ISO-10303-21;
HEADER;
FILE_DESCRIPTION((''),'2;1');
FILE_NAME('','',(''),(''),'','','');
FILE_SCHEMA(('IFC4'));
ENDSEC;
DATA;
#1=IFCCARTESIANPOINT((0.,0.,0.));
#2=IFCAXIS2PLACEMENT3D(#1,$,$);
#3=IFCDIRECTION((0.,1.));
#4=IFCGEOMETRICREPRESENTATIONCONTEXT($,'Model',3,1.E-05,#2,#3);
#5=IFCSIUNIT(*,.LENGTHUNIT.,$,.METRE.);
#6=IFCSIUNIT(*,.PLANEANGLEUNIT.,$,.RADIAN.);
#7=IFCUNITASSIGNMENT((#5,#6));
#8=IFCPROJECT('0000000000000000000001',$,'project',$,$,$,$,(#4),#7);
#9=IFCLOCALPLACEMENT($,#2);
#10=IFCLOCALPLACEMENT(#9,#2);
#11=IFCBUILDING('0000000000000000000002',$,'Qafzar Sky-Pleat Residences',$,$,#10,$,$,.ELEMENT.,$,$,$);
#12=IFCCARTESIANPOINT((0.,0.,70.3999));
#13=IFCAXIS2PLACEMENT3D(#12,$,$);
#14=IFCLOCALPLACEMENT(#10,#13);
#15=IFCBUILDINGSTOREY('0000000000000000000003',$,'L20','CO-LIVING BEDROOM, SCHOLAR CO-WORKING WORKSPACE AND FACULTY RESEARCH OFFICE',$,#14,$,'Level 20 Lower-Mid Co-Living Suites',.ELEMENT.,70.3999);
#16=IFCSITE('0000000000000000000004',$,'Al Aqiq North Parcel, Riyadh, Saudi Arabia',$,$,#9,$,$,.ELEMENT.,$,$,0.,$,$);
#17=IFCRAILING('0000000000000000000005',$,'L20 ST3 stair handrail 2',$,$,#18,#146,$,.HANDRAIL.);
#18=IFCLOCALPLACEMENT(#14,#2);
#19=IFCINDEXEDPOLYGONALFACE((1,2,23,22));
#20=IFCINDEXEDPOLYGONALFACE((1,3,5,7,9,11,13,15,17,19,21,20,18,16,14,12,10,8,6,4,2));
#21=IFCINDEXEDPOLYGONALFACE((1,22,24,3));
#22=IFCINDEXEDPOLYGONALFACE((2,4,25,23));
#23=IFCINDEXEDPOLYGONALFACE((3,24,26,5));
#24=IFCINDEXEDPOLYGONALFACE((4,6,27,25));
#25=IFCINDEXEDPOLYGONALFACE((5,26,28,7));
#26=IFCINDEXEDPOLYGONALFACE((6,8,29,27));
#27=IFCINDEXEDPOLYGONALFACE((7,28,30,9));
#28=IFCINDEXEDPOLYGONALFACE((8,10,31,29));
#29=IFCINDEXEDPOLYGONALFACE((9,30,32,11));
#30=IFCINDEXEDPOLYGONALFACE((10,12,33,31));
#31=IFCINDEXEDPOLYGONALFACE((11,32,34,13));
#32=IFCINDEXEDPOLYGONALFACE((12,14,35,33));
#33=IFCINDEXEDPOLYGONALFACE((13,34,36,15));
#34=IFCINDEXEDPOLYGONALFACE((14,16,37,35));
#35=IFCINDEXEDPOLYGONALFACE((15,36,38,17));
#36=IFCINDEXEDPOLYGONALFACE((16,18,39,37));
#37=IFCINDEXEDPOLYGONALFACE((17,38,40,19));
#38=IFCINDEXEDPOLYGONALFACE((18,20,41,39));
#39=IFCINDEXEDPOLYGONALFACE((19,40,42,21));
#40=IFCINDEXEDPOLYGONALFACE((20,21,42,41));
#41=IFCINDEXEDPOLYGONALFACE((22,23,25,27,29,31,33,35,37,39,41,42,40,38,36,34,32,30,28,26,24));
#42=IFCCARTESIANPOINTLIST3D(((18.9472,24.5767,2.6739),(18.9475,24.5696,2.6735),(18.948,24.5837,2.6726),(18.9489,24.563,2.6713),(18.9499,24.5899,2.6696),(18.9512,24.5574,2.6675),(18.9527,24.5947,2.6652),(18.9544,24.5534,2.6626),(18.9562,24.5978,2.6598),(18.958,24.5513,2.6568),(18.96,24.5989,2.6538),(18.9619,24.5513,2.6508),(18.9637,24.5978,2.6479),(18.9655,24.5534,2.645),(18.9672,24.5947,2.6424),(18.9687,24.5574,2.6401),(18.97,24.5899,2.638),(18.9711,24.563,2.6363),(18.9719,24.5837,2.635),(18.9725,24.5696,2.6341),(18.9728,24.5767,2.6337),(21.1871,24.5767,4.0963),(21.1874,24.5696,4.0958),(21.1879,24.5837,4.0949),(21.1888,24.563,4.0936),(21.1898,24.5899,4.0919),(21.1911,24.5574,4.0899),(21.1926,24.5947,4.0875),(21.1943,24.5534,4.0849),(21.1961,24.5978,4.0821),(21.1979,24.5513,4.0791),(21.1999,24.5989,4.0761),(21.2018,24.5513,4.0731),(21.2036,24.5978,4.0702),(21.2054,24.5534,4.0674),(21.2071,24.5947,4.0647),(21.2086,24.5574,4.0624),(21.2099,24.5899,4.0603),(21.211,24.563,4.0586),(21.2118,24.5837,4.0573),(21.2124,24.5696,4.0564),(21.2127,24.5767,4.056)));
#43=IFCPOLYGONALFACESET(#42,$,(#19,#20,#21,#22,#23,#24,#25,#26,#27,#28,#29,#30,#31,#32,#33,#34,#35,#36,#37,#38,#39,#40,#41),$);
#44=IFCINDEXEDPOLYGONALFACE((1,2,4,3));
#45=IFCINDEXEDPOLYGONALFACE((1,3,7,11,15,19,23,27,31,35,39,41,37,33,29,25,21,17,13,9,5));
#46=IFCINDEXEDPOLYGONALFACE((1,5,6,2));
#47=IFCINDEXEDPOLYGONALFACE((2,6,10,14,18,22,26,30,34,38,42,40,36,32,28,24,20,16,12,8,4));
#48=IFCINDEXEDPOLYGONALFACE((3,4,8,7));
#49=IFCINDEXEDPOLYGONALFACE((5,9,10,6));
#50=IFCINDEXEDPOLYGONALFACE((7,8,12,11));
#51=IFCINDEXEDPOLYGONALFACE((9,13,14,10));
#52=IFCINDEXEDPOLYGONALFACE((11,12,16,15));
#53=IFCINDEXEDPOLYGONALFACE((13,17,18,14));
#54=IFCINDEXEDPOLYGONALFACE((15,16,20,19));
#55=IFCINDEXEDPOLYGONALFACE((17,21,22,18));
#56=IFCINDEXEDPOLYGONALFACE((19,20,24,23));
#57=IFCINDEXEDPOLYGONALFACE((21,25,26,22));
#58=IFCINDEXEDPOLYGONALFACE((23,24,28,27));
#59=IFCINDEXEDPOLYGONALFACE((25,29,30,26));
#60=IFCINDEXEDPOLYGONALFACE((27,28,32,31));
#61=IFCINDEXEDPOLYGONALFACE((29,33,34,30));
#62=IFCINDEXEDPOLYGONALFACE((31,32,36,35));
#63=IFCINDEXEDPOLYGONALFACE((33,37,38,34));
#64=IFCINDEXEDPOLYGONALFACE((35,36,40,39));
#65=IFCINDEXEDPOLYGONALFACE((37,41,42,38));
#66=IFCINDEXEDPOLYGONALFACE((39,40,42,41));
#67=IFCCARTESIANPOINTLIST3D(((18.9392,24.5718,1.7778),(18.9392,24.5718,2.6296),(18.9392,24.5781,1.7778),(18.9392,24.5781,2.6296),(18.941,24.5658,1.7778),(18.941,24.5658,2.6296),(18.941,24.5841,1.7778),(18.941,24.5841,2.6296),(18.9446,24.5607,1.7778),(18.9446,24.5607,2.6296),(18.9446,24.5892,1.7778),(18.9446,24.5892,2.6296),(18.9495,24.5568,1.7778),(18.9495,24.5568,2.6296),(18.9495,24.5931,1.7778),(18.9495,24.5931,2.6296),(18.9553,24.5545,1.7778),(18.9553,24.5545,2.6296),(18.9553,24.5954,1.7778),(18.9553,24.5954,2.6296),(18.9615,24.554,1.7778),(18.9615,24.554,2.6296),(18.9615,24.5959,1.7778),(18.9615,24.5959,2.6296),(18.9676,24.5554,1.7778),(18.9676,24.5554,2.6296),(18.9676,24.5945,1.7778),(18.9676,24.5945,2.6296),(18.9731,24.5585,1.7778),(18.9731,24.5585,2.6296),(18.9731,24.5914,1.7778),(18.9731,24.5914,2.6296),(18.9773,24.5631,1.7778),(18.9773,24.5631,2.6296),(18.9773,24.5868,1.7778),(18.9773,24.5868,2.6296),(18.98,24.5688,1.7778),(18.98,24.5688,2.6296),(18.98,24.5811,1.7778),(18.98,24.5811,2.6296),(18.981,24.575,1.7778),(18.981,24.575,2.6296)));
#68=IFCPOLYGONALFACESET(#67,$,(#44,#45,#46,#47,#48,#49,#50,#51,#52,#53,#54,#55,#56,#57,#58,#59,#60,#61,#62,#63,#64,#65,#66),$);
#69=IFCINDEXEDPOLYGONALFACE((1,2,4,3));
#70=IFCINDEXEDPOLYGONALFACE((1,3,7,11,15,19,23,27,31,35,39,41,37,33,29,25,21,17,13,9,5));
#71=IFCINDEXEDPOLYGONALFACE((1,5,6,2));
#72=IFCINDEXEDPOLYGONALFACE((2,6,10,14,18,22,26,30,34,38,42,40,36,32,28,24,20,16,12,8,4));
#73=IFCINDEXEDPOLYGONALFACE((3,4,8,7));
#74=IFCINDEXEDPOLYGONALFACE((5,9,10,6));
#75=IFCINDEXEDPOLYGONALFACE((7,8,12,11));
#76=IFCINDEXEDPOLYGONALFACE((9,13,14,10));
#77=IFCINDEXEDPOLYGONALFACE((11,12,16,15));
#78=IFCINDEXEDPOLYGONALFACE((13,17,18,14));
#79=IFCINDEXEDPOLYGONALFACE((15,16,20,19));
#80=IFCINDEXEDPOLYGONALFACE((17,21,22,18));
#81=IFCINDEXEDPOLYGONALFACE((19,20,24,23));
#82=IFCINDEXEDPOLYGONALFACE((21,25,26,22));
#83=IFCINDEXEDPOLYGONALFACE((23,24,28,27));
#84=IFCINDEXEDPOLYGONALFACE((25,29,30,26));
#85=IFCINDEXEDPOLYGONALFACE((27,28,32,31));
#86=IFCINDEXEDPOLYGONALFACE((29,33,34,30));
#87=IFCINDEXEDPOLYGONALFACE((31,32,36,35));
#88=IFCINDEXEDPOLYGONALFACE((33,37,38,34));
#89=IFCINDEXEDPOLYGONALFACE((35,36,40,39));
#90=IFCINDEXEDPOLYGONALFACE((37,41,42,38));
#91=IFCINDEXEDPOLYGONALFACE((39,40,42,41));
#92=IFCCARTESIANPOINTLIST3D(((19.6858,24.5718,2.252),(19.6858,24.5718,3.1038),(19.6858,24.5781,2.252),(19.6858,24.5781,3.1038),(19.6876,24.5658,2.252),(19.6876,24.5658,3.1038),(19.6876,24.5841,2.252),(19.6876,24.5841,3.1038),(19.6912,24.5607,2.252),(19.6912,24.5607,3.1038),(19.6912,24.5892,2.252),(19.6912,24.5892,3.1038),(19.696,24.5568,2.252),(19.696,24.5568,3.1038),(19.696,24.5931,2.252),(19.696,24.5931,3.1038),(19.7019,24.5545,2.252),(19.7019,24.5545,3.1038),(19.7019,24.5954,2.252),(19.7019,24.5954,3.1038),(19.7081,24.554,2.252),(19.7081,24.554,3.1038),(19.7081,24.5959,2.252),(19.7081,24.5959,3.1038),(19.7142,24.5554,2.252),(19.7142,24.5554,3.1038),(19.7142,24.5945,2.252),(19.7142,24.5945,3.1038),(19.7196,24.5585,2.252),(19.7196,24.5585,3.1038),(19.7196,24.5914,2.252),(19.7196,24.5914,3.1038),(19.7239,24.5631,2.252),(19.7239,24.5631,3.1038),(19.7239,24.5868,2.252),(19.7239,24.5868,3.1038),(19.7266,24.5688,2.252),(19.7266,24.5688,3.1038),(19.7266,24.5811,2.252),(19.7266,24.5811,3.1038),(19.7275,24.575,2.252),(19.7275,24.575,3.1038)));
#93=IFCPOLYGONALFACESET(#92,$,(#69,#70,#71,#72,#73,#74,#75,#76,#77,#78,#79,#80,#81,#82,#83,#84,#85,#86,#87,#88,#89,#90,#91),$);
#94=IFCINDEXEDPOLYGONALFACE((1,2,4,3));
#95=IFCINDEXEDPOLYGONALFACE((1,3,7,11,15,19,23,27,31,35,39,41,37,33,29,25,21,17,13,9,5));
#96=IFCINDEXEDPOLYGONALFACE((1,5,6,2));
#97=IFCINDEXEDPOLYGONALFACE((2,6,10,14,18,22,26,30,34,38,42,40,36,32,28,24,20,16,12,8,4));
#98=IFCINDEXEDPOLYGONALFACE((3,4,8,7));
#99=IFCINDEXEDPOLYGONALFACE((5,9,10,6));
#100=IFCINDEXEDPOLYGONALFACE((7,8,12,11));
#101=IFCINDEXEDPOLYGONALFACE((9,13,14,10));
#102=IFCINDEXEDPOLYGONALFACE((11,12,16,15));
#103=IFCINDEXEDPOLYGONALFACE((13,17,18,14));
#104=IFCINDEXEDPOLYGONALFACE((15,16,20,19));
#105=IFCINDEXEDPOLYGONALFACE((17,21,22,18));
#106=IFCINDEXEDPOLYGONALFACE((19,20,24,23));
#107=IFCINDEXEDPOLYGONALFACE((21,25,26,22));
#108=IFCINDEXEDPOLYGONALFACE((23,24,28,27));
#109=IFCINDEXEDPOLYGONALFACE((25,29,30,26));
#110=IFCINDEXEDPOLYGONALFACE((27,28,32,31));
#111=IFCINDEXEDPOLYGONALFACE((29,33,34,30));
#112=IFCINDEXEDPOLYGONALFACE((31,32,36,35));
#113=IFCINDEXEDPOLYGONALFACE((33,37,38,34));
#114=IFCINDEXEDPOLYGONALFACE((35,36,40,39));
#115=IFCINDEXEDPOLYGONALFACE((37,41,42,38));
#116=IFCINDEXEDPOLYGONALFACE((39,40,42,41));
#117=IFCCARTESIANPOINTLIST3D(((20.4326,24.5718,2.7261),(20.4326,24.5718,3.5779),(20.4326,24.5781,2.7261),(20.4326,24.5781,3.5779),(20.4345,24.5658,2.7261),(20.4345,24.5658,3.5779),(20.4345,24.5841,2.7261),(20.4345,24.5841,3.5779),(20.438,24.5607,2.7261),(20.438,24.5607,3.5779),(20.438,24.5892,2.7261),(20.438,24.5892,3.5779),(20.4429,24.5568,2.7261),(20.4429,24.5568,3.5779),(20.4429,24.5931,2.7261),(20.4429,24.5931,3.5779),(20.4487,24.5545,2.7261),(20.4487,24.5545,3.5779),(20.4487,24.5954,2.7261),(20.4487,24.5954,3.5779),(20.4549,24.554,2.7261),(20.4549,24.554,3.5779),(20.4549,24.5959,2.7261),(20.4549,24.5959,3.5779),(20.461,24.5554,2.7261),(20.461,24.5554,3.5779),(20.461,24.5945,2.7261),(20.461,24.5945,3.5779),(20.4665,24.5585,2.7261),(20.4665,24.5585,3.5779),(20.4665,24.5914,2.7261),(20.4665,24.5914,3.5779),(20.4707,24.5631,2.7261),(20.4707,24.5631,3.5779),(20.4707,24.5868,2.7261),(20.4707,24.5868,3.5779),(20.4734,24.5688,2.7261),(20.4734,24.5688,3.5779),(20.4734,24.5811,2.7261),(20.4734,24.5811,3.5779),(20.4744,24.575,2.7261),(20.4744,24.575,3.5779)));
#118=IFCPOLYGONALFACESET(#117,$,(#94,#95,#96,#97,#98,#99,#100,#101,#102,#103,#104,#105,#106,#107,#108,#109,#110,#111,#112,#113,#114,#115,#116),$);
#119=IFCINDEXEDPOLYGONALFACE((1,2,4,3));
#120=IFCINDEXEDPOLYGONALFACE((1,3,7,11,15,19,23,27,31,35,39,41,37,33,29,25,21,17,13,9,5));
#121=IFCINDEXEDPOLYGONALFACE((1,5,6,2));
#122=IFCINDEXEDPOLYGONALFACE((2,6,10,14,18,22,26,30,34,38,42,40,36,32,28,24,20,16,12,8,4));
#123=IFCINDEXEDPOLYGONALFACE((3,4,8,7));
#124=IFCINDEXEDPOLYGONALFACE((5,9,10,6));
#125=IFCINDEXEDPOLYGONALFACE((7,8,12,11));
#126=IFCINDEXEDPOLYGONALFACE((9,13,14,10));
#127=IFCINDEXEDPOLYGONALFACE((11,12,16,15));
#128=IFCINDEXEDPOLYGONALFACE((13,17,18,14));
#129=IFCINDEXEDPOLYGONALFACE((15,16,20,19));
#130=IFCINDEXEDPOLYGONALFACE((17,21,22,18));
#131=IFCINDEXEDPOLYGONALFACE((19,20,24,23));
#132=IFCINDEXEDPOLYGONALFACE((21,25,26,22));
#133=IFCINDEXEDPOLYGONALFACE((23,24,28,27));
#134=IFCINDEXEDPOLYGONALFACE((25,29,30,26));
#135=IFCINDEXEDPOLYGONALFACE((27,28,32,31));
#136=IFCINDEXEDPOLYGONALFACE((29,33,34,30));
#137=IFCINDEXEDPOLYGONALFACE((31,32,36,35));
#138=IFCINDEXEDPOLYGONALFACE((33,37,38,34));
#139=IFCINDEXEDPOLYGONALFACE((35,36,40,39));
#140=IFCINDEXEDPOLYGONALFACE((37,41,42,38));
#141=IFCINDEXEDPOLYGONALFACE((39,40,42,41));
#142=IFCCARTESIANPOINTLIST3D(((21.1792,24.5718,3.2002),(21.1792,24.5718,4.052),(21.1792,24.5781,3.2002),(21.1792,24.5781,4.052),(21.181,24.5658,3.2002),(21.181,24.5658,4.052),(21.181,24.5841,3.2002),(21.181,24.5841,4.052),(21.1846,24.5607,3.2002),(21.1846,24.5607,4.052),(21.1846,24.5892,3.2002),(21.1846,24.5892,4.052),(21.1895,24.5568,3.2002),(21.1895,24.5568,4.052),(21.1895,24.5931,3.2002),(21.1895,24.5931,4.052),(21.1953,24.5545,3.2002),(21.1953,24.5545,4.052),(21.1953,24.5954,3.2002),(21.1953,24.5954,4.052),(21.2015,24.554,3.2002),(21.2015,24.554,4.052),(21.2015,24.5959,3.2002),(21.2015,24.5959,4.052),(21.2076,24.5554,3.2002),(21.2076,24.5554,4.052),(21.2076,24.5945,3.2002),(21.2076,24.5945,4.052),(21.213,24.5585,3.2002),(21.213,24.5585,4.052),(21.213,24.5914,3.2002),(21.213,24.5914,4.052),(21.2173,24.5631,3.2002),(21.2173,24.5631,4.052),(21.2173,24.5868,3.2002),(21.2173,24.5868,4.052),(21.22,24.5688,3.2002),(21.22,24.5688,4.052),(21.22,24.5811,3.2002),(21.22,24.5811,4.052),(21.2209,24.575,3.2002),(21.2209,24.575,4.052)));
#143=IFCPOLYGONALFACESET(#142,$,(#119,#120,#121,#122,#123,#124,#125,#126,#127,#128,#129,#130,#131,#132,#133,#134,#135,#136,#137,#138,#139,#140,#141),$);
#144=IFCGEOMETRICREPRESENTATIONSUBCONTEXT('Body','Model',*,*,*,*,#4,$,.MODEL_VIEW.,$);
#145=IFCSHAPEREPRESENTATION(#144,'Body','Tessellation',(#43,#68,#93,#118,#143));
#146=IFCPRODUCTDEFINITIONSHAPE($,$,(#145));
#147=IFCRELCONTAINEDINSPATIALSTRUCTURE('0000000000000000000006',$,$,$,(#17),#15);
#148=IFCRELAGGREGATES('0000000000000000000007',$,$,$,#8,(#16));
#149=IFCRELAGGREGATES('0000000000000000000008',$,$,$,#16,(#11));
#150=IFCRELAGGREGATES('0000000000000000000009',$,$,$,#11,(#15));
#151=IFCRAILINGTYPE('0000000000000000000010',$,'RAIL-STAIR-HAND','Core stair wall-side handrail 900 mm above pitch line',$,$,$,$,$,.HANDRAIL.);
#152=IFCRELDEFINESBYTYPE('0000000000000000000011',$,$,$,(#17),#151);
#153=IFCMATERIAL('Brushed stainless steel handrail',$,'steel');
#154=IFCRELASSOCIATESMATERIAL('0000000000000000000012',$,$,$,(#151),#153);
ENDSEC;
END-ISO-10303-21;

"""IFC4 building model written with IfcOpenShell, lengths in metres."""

from ifc_helpers import new_model, si_unit, direction, frame, origin, origin_2d, place, context, subcontext, project, spatial, circle, extrude, source, transform, mapped, material, type_object, element, save


model = new_model("IFC4")

# Units and contexts
model_context = context("Model", 3, precision=1e-05, world=origin(), true_north=direction((0.0, 1.0)))
body_context = subcontext(model_context, "Body", "Model", "MODEL_VIEW")
ifc_project = project(units=[si_unit("LENGTHUNIT", "METRE"), si_unit("PLANEANGLEUNIT", "RADIAN")], contexts=[model_context])

# Site, building, storey
site_placement = place(None, origin())
site = spatial("IfcSite", under=ifc_project, at=site_placement, Name="Al Aqiq North Parcel, Riyadh, Saudi Arabia", CompositionType="ELEMENT", RefElevation=0.0)
building_placement = place(site_placement, origin())
building = spatial("IfcBuilding", under=site, at=building_placement, Name="Qafzar Sky-Pleat Residences", CompositionType="ELEMENT")
storey_placement = place(building_placement, frame((0.0, 0.0, 70.3999)))
storey = spatial("IfcBuildingStorey", under=building, at=storey_placement, Name="L20", Description="CO-LIVING BEDROOM, SCHOLAR CO-WORKING WORKSPACE AND FACULTY RESEARCH OFFICE", LongName="Level 20 Lower-Mid Co-Living Suites", CompositionType="ELEMENT", Elevation=70.3999)

# Railing
ifc_material_1 = material(Name="Brushed stainless steel handrail", Category="steel")
railing_type_1 = type_object("IfcRailingType", Name="RAIL-STAIR-HAND", Description="Core stair wall-side handrail 900 mm above pitch line", PredefinedType="HANDRAIL", material=ifc_material_1)
shared_shape_1 = source(origin(), body_context, "Body", "SweptSolid", [
    extrude(circle(Radius=0.0239, at=origin_2d()), frame((0.0, 0.0, 0.876), z_axis=(0.844188, 0.0, 0.536048), x_axis=(0.0, 1.0, 0.0)), (0.0, 0.0, 1.0), 2.6533),
    extrude(circle(Radius=0.021, at=origin_2d()), origin(), (0.0, 0.0, 1.0), 0.8518),
    extrude(circle(Radius=0.021, at=origin_2d()), frame((0.7466, 0.0, 0.4741)), (0.0, 0.0, 1.0), 0.8518),
    extrude(circle(Radius=0.021, at=origin_2d()), frame((1.4934, 0.0, 0.9482)), (0.0, 0.0, 1.0), 0.8518),
    extrude(circle(Radius=0.021, at=origin_2d()), frame((2.24, 0.0, 1.4224)), (0.0, 0.0, 1.0), 0.8518),
])
railing_1_placement = place(storey_placement, frame((18.96, 24.575, 1.7778)))
element("IfcRailing", 1, at=railing_1_placement, inside=storey, type_object=railing_type_1, Name="L20 ST3 stair handrail 2", PredefinedType="HANDRAIL", context=body_context, shape_type="MappedRepresentation", body=[
    mapped(shared_shape_1, transform((0.0, 0.0, 0.0), x_axis=(1.0, 0.0, 0.0), y_axis=(0.0, 1.0, 0.0), z_axis=(0.0, 0.0, 1.0), scale=1.0)),
])

save(model, "model.ifc")
